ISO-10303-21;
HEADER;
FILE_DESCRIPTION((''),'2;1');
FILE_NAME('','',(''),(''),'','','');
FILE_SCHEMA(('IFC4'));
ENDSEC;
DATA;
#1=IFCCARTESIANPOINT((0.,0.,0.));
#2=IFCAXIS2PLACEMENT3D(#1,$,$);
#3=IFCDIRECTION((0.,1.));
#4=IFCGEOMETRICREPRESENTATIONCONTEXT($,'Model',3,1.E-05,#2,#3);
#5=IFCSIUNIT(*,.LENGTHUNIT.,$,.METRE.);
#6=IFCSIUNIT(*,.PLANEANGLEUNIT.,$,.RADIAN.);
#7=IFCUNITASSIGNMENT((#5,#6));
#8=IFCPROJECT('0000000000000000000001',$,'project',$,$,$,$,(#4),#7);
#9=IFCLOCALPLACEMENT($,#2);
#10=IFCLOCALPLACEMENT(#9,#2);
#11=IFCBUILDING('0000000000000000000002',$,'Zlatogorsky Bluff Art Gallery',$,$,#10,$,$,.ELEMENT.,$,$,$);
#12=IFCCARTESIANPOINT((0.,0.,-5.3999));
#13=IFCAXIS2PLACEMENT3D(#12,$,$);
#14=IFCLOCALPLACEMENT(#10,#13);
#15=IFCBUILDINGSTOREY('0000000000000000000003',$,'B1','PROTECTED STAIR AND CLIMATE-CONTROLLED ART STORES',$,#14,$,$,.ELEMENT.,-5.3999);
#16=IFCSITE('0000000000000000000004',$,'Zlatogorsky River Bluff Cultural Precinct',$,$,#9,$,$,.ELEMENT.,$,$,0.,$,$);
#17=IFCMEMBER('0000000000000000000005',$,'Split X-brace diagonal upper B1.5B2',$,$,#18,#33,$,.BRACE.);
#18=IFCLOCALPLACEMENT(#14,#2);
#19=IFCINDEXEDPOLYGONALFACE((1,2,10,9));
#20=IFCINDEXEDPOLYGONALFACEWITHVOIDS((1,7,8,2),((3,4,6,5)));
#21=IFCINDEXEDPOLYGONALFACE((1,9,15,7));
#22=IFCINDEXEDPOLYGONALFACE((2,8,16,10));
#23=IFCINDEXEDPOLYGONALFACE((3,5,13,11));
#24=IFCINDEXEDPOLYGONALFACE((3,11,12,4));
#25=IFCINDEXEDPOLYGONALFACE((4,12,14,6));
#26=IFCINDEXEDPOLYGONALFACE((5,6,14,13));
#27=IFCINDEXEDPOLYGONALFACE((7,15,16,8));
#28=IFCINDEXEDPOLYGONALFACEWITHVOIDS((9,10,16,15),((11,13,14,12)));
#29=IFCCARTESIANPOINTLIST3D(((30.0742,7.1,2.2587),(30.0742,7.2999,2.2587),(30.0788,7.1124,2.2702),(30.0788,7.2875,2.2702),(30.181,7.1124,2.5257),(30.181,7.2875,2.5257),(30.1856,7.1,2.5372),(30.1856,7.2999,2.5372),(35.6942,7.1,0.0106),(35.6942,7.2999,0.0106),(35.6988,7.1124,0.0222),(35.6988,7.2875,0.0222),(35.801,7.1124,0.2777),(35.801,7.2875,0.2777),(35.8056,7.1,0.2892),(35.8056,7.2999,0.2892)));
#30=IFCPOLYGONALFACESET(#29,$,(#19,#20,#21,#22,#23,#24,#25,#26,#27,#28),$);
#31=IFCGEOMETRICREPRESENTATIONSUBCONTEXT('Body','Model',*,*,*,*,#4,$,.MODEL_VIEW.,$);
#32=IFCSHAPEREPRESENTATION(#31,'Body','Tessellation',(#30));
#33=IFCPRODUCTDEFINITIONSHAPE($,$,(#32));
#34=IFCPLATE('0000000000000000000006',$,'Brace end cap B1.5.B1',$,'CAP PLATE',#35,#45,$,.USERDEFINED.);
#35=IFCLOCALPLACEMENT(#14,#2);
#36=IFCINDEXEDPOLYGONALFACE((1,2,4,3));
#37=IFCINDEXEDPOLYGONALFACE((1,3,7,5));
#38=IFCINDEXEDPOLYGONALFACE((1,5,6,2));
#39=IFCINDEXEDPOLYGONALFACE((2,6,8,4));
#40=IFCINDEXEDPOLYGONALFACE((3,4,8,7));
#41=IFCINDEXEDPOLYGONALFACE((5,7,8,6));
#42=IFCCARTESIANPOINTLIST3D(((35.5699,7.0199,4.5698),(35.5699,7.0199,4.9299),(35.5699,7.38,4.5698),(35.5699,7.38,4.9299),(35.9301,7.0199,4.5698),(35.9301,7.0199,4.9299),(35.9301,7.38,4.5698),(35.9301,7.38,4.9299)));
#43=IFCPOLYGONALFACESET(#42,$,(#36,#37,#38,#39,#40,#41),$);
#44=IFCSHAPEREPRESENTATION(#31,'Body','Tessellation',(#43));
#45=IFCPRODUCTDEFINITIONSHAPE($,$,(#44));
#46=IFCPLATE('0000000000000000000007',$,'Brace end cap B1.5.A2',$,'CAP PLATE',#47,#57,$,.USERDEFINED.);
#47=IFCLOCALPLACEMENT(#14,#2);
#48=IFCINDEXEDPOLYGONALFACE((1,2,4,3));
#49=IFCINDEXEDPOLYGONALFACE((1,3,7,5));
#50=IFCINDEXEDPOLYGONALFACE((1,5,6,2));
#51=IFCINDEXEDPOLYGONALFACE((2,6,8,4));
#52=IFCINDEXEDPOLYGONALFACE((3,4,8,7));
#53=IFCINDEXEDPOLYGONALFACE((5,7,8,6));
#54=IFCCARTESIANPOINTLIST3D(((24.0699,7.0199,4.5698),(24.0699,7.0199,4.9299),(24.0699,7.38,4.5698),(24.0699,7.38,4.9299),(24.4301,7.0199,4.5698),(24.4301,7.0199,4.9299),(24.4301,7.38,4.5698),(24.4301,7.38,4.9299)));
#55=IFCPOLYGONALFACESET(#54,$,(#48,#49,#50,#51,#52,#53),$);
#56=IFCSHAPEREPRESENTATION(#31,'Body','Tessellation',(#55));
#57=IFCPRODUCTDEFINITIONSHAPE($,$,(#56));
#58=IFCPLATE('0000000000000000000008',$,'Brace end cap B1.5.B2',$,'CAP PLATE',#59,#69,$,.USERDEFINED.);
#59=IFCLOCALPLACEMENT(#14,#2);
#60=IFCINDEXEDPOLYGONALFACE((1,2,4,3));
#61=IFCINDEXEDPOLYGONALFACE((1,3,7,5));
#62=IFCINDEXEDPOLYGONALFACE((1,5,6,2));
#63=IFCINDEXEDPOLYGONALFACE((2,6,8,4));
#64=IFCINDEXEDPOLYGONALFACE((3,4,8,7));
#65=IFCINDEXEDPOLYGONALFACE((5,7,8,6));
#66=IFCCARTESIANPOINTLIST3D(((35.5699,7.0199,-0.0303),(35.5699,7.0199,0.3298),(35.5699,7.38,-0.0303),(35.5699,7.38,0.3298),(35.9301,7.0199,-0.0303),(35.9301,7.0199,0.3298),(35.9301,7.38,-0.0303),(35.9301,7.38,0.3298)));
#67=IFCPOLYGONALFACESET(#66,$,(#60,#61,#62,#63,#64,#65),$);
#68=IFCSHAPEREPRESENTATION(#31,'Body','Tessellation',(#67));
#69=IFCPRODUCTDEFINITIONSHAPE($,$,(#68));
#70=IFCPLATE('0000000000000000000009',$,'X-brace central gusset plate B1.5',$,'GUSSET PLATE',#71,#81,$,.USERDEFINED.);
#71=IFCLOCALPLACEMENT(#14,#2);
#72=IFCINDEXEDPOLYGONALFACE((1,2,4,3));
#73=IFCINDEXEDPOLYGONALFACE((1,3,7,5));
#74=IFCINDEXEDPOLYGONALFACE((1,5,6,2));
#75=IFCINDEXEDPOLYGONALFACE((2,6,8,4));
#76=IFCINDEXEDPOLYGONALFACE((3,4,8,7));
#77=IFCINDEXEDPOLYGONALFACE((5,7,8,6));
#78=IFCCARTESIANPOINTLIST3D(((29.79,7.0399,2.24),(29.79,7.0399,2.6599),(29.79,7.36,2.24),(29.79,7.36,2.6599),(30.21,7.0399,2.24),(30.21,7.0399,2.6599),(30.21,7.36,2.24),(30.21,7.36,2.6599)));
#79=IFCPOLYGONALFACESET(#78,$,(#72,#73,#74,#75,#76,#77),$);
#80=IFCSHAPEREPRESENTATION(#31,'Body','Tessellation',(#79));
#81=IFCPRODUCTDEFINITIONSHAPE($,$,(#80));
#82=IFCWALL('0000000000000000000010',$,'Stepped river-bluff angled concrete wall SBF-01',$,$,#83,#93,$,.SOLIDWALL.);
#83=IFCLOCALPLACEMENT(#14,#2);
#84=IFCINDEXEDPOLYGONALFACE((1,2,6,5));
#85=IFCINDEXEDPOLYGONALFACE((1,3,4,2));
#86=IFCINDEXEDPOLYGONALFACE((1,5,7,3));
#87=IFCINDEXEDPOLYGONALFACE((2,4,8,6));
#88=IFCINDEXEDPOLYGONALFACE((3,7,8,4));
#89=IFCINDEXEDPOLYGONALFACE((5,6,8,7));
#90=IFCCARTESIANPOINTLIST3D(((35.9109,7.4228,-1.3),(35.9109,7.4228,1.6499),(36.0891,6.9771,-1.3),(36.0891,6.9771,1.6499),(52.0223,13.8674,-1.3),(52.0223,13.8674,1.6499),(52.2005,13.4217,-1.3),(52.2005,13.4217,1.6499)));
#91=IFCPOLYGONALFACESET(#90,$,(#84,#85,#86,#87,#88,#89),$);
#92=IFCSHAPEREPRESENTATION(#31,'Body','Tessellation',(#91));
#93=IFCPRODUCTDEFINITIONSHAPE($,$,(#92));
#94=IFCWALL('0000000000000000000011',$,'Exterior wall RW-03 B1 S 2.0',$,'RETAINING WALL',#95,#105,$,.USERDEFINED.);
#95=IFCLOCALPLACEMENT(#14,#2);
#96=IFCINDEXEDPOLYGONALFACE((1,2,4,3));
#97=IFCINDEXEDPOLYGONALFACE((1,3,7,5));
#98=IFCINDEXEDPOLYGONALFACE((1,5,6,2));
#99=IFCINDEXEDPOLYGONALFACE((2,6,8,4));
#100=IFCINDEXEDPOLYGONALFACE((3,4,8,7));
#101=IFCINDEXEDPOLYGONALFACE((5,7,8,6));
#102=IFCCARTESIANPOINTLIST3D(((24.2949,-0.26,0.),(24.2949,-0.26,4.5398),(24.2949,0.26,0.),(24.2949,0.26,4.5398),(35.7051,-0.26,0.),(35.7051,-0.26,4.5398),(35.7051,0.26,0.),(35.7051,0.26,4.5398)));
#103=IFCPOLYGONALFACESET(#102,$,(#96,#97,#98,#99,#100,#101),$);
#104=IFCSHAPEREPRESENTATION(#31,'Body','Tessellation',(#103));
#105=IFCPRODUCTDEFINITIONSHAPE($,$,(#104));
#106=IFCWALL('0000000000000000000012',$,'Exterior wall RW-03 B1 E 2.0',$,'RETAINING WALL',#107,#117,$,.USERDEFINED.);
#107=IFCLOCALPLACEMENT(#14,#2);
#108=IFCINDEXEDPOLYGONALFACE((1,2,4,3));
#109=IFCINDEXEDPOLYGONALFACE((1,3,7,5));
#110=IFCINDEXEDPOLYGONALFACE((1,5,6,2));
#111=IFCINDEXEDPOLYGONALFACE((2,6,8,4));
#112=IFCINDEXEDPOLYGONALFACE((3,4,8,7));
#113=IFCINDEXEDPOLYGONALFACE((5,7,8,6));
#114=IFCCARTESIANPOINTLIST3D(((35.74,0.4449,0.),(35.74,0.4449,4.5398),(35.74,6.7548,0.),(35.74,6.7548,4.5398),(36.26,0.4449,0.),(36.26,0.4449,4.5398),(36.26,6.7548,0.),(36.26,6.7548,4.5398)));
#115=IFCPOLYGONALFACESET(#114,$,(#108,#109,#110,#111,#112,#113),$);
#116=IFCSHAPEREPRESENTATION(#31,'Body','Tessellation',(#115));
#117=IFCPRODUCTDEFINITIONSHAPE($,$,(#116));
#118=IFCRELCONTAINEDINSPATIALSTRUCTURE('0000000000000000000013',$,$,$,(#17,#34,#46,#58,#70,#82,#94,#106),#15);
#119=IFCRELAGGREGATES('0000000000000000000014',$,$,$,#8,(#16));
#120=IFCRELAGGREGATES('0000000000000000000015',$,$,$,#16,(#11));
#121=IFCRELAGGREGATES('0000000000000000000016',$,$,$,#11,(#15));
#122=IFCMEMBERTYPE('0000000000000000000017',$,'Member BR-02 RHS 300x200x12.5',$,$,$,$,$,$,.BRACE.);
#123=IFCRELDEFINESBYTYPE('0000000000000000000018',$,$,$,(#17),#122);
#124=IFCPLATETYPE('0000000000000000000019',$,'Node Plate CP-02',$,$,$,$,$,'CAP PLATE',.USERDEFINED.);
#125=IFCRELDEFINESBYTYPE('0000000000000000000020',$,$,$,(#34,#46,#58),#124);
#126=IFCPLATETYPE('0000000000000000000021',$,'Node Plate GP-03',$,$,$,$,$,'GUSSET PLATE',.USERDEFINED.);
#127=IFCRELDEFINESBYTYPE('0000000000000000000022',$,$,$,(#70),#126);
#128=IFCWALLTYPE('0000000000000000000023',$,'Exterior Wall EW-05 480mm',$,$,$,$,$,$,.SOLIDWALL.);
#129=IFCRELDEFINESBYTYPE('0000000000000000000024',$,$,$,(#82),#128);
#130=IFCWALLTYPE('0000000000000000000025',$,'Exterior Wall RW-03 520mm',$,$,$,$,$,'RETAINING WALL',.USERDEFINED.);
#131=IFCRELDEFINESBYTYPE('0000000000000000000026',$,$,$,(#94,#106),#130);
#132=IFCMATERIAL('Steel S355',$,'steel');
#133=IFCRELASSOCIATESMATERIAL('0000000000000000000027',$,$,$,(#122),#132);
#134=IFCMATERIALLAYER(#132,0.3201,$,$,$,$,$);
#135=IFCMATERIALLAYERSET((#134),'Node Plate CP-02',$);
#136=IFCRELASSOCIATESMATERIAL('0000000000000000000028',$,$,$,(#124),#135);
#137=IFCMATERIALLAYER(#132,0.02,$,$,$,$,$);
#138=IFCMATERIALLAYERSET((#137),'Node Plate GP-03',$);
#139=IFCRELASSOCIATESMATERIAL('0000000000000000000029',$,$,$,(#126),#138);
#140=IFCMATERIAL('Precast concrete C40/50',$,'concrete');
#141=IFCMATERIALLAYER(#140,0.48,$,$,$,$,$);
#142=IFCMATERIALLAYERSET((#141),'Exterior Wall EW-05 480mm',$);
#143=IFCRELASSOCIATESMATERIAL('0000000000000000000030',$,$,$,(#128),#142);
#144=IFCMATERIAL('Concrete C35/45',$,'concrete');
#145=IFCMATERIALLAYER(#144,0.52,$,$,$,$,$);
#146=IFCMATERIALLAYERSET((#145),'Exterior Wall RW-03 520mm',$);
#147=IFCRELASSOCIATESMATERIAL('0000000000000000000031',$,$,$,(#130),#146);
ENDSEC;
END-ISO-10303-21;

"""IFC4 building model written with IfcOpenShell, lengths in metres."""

from ifc_helpers import new_model, si_unit, direction, frame, frame_2d, origin, origin_2d, place, context, subcontext, project, spatial, rectangle, hollow_rectangle, extrude, material, layer, layer_set, material_profile, profile_set, type_object, element, save


model = new_model("IFC4")

# Units and contexts
model_context = context("Model", 3, precision=1e-05, world=origin(), true_north=direction((0.0, 1.0)))
body_context = subcontext(model_context, "Body", "Model", "MODEL_VIEW")
ifc_project = project(units=[si_unit("LENGTHUNIT", "METRE"), si_unit("PLANEANGLEUNIT", "RADIAN")], contexts=[model_context])

# Site, building, storey
site_placement = place(None, origin())
site = spatial("IfcSite", under=ifc_project, at=site_placement, Name="Zlatogorsky River Bluff Cultural Precinct", CompositionType="ELEMENT", RefElevation=0.0)
building_placement = place(site_placement, origin())
building = spatial("IfcBuilding", under=site, at=building_placement, Name="Zlatogorsky Bluff Art Gallery", CompositionType="ELEMENT")
storey_placement = place(building_placement, frame((0.0, 0.0, -5.3999)))
storey = spatial("IfcBuildingStorey", under=building, at=storey_placement, Name="B1", Description="PROTECTED STAIR AND CLIMATE-CONTROLLED ART STORES", CompositionType="ELEMENT", Elevation=-5.3999)

# Shared definitions
ifc_material_1 = material(Name="Concrete C35/45", Category="concrete")

# Shared definitions
ifc_material_2 = material(Name="Steel S355", Category="steel")

# Member
ifc_material_profile_1 = material_profile(ifc_material_2, hollow_rectangle(XDim=0.2, YDim=0.3, WallThickness=0.0125, at=origin_2d()), Name="RHS 300x200x12.5")
ifc_profile_set_1 = profile_set([ifc_material_profile_1], Name="Steel S355")
member_type = type_object("IfcMemberType", Name="Member BR-02 RHS 300x200x12.5", PredefinedType="BRACE", material=ifc_profile_set_1)
member_placement = place(storey_placement, frame((30.1299, 7.2, 2.3979), z_axis=(0.928477, 0.0, -0.371391), x_axis=(0.0, 1.0, 0.0)))
element("IfcMember", 1, at=member_placement, inside=storey, type_object=member_type, Name="Split X-brace diagonal upper B1.5B2", PredefinedType="BRACE", context=body_context, shape_type="SweptSolid", body=[
    extrude(hollow_rectangle(XDim=0.2, YDim=0.3, WallThickness=0.0125, at=origin_2d()), origin(), (0.0, 0.0, 1.0), 6.053),
])

# Plates
ifc_layer_1 = layer(ifc_material_2, 0.3201)
ifc_layer_set_1 = layer_set([ifc_layer_1], Name="Node Plate CP-02")
plate_type_1 = type_object("IfcPlateType", Name="Node Plate CP-02", ElementType="CAP PLATE", PredefinedType="USERDEFINED", material=ifc_layer_set_1)
for number, where, z_axis, x_axis, name in (
    (2, (35.75, 7.2, 4.5698), (0.0, 0.0, 1.0), (1.0, 0.0, 0.0), "Brace end cap B1.5.B1"),
    (3, (24.25, 7.2, 4.5698), (0.0, 0.0, 1.0), (1.0, 0.0, 0.0), "Brace end cap B1.5.A2"),
    (4, (35.75, 7.2, -0.0303), (0.0, 0.0, 1.0), (1.0, 0.0, 0.0), "Brace end cap B1.5.B2"),
):
    element("IfcPlate", number, at=place(storey_placement, frame(where, z_axis=z_axis, x_axis=x_axis)), inside=storey, type_object=plate_type_1, Name=name, ObjectType="CAP PLATE", PredefinedType="USERDEFINED", context=body_context, shape_type="SweptSolid", body=[
        extrude(rectangle(XDim=0.3601, YDim=0.3601, at=origin_2d()), origin(), (0.0, 0.0, 1.0), 0.3601),
    ])
ifc_layer_2 = layer(ifc_material_2, 0.02)
ifc_layer_set_2 = layer_set([ifc_layer_2], Name="Node Plate GP-03")
plate_type_2 = type_object("IfcPlateType", Name="Node Plate GP-03", ElementType="GUSSET PLATE", PredefinedType="USERDEFINED", material=ifc_layer_set_2)
plate_placement = place(storey_placement, frame((30.0, 7.2, 2.24), z_axis=(0.0, 0.0, 1.0), x_axis=(1.0, 0.0, 0.0)))
element("IfcPlate", 5, at=plate_placement, inside=storey, type_object=plate_type_2, Name="X-brace central gusset plate B1.5", ObjectType="GUSSET PLATE", PredefinedType="USERDEFINED", context=body_context, shape_type="SweptSolid", body=[
    extrude(rectangle(XDim=0.4199, YDim=0.3201, at=origin_2d()), origin(), (0.0, 0.0, 1.0), 0.4199),
])

# Walls
ifc_material_3 = material(Name="Precast concrete C40/50", Category="concrete")
ifc_layer_3 = layer(ifc_material_3, 0.48)
ifc_layer_set_3 = layer_set([ifc_layer_3], Name="Exterior Wall EW-05 480mm")
wall_type_1 = type_object("IfcWallType", Name="Exterior Wall EW-05 480mm", PredefinedType="SOLIDWALL", material=ifc_layer_set_3)
wall_1_placement = place(storey_placement, frame((36.0, 7.2, -1.3), z_axis=(0.0, 0.0, 1.0), x_axis=(0.928476, 0.371393, 0.0)))
element("IfcWall", 6, at=wall_1_placement, inside=storey, type_object=wall_type_1, Name="Stepped river-bluff angled concrete wall SBF-01", PredefinedType="SOLIDWALL", context=body_context, shape_type="SweptSolid", body=[
    extrude(rectangle(XDim=17.3525, YDim=0.48, at=frame_2d((8.6763, 0.0))), origin(), (0.0, 0.0, 1.0), 2.95),
])
ifc_layer_4 = layer(ifc_material_1, 0.52)
ifc_layer_set_4 = layer_set([ifc_layer_4], Name="Exterior Wall RW-03 520mm")
wall_type_2 = type_object("IfcWallType", Name="Exterior Wall RW-03 520mm", ElementType="RETAINING WALL", PredefinedType="USERDEFINED", material=ifc_layer_set_4)
wall_2_placement = place(storey_placement, frame((24.2949, 0.0, 0.0), z_axis=(0.0, 0.0, 1.0), x_axis=(1.0, 0.0, 0.0)))
element("IfcWall", 7, at=wall_2_placement, inside=storey, type_object=wall_type_2, Name="Exterior wall RW-03 B1 S 2.0", ObjectType="RETAINING WALL", PredefinedType="USERDEFINED", context=body_context, shape_type="SweptSolid", body=[
    extrude(rectangle(XDim=11.4102, YDim=0.52, at=frame_2d((5.7051, 0.0))), origin(), (0.0, 0.0, 1.0), 4.5398),
])
wall_3_placement = place(storey_placement, frame((36.0, 0.4451, 0.0), z_axis=(0.0, 0.0, 1.0), x_axis=(0.0, 1.0, 0.0)))
element("IfcWall", 8, at=wall_3_placement, inside=storey, type_object=wall_type_2, Name="Exterior wall RW-03 B1 E 2.0", ObjectType="RETAINING WALL", PredefinedType="USERDEFINED", context=body_context, shape_type="SweptSolid", body=[
    extrude(rectangle(XDim=6.3098, YDim=0.52, at=frame_2d((3.1548, 0.0))), origin(), (0.0, 0.0, 1.0), 4.5398),
])

save(model, "model.ifc")
